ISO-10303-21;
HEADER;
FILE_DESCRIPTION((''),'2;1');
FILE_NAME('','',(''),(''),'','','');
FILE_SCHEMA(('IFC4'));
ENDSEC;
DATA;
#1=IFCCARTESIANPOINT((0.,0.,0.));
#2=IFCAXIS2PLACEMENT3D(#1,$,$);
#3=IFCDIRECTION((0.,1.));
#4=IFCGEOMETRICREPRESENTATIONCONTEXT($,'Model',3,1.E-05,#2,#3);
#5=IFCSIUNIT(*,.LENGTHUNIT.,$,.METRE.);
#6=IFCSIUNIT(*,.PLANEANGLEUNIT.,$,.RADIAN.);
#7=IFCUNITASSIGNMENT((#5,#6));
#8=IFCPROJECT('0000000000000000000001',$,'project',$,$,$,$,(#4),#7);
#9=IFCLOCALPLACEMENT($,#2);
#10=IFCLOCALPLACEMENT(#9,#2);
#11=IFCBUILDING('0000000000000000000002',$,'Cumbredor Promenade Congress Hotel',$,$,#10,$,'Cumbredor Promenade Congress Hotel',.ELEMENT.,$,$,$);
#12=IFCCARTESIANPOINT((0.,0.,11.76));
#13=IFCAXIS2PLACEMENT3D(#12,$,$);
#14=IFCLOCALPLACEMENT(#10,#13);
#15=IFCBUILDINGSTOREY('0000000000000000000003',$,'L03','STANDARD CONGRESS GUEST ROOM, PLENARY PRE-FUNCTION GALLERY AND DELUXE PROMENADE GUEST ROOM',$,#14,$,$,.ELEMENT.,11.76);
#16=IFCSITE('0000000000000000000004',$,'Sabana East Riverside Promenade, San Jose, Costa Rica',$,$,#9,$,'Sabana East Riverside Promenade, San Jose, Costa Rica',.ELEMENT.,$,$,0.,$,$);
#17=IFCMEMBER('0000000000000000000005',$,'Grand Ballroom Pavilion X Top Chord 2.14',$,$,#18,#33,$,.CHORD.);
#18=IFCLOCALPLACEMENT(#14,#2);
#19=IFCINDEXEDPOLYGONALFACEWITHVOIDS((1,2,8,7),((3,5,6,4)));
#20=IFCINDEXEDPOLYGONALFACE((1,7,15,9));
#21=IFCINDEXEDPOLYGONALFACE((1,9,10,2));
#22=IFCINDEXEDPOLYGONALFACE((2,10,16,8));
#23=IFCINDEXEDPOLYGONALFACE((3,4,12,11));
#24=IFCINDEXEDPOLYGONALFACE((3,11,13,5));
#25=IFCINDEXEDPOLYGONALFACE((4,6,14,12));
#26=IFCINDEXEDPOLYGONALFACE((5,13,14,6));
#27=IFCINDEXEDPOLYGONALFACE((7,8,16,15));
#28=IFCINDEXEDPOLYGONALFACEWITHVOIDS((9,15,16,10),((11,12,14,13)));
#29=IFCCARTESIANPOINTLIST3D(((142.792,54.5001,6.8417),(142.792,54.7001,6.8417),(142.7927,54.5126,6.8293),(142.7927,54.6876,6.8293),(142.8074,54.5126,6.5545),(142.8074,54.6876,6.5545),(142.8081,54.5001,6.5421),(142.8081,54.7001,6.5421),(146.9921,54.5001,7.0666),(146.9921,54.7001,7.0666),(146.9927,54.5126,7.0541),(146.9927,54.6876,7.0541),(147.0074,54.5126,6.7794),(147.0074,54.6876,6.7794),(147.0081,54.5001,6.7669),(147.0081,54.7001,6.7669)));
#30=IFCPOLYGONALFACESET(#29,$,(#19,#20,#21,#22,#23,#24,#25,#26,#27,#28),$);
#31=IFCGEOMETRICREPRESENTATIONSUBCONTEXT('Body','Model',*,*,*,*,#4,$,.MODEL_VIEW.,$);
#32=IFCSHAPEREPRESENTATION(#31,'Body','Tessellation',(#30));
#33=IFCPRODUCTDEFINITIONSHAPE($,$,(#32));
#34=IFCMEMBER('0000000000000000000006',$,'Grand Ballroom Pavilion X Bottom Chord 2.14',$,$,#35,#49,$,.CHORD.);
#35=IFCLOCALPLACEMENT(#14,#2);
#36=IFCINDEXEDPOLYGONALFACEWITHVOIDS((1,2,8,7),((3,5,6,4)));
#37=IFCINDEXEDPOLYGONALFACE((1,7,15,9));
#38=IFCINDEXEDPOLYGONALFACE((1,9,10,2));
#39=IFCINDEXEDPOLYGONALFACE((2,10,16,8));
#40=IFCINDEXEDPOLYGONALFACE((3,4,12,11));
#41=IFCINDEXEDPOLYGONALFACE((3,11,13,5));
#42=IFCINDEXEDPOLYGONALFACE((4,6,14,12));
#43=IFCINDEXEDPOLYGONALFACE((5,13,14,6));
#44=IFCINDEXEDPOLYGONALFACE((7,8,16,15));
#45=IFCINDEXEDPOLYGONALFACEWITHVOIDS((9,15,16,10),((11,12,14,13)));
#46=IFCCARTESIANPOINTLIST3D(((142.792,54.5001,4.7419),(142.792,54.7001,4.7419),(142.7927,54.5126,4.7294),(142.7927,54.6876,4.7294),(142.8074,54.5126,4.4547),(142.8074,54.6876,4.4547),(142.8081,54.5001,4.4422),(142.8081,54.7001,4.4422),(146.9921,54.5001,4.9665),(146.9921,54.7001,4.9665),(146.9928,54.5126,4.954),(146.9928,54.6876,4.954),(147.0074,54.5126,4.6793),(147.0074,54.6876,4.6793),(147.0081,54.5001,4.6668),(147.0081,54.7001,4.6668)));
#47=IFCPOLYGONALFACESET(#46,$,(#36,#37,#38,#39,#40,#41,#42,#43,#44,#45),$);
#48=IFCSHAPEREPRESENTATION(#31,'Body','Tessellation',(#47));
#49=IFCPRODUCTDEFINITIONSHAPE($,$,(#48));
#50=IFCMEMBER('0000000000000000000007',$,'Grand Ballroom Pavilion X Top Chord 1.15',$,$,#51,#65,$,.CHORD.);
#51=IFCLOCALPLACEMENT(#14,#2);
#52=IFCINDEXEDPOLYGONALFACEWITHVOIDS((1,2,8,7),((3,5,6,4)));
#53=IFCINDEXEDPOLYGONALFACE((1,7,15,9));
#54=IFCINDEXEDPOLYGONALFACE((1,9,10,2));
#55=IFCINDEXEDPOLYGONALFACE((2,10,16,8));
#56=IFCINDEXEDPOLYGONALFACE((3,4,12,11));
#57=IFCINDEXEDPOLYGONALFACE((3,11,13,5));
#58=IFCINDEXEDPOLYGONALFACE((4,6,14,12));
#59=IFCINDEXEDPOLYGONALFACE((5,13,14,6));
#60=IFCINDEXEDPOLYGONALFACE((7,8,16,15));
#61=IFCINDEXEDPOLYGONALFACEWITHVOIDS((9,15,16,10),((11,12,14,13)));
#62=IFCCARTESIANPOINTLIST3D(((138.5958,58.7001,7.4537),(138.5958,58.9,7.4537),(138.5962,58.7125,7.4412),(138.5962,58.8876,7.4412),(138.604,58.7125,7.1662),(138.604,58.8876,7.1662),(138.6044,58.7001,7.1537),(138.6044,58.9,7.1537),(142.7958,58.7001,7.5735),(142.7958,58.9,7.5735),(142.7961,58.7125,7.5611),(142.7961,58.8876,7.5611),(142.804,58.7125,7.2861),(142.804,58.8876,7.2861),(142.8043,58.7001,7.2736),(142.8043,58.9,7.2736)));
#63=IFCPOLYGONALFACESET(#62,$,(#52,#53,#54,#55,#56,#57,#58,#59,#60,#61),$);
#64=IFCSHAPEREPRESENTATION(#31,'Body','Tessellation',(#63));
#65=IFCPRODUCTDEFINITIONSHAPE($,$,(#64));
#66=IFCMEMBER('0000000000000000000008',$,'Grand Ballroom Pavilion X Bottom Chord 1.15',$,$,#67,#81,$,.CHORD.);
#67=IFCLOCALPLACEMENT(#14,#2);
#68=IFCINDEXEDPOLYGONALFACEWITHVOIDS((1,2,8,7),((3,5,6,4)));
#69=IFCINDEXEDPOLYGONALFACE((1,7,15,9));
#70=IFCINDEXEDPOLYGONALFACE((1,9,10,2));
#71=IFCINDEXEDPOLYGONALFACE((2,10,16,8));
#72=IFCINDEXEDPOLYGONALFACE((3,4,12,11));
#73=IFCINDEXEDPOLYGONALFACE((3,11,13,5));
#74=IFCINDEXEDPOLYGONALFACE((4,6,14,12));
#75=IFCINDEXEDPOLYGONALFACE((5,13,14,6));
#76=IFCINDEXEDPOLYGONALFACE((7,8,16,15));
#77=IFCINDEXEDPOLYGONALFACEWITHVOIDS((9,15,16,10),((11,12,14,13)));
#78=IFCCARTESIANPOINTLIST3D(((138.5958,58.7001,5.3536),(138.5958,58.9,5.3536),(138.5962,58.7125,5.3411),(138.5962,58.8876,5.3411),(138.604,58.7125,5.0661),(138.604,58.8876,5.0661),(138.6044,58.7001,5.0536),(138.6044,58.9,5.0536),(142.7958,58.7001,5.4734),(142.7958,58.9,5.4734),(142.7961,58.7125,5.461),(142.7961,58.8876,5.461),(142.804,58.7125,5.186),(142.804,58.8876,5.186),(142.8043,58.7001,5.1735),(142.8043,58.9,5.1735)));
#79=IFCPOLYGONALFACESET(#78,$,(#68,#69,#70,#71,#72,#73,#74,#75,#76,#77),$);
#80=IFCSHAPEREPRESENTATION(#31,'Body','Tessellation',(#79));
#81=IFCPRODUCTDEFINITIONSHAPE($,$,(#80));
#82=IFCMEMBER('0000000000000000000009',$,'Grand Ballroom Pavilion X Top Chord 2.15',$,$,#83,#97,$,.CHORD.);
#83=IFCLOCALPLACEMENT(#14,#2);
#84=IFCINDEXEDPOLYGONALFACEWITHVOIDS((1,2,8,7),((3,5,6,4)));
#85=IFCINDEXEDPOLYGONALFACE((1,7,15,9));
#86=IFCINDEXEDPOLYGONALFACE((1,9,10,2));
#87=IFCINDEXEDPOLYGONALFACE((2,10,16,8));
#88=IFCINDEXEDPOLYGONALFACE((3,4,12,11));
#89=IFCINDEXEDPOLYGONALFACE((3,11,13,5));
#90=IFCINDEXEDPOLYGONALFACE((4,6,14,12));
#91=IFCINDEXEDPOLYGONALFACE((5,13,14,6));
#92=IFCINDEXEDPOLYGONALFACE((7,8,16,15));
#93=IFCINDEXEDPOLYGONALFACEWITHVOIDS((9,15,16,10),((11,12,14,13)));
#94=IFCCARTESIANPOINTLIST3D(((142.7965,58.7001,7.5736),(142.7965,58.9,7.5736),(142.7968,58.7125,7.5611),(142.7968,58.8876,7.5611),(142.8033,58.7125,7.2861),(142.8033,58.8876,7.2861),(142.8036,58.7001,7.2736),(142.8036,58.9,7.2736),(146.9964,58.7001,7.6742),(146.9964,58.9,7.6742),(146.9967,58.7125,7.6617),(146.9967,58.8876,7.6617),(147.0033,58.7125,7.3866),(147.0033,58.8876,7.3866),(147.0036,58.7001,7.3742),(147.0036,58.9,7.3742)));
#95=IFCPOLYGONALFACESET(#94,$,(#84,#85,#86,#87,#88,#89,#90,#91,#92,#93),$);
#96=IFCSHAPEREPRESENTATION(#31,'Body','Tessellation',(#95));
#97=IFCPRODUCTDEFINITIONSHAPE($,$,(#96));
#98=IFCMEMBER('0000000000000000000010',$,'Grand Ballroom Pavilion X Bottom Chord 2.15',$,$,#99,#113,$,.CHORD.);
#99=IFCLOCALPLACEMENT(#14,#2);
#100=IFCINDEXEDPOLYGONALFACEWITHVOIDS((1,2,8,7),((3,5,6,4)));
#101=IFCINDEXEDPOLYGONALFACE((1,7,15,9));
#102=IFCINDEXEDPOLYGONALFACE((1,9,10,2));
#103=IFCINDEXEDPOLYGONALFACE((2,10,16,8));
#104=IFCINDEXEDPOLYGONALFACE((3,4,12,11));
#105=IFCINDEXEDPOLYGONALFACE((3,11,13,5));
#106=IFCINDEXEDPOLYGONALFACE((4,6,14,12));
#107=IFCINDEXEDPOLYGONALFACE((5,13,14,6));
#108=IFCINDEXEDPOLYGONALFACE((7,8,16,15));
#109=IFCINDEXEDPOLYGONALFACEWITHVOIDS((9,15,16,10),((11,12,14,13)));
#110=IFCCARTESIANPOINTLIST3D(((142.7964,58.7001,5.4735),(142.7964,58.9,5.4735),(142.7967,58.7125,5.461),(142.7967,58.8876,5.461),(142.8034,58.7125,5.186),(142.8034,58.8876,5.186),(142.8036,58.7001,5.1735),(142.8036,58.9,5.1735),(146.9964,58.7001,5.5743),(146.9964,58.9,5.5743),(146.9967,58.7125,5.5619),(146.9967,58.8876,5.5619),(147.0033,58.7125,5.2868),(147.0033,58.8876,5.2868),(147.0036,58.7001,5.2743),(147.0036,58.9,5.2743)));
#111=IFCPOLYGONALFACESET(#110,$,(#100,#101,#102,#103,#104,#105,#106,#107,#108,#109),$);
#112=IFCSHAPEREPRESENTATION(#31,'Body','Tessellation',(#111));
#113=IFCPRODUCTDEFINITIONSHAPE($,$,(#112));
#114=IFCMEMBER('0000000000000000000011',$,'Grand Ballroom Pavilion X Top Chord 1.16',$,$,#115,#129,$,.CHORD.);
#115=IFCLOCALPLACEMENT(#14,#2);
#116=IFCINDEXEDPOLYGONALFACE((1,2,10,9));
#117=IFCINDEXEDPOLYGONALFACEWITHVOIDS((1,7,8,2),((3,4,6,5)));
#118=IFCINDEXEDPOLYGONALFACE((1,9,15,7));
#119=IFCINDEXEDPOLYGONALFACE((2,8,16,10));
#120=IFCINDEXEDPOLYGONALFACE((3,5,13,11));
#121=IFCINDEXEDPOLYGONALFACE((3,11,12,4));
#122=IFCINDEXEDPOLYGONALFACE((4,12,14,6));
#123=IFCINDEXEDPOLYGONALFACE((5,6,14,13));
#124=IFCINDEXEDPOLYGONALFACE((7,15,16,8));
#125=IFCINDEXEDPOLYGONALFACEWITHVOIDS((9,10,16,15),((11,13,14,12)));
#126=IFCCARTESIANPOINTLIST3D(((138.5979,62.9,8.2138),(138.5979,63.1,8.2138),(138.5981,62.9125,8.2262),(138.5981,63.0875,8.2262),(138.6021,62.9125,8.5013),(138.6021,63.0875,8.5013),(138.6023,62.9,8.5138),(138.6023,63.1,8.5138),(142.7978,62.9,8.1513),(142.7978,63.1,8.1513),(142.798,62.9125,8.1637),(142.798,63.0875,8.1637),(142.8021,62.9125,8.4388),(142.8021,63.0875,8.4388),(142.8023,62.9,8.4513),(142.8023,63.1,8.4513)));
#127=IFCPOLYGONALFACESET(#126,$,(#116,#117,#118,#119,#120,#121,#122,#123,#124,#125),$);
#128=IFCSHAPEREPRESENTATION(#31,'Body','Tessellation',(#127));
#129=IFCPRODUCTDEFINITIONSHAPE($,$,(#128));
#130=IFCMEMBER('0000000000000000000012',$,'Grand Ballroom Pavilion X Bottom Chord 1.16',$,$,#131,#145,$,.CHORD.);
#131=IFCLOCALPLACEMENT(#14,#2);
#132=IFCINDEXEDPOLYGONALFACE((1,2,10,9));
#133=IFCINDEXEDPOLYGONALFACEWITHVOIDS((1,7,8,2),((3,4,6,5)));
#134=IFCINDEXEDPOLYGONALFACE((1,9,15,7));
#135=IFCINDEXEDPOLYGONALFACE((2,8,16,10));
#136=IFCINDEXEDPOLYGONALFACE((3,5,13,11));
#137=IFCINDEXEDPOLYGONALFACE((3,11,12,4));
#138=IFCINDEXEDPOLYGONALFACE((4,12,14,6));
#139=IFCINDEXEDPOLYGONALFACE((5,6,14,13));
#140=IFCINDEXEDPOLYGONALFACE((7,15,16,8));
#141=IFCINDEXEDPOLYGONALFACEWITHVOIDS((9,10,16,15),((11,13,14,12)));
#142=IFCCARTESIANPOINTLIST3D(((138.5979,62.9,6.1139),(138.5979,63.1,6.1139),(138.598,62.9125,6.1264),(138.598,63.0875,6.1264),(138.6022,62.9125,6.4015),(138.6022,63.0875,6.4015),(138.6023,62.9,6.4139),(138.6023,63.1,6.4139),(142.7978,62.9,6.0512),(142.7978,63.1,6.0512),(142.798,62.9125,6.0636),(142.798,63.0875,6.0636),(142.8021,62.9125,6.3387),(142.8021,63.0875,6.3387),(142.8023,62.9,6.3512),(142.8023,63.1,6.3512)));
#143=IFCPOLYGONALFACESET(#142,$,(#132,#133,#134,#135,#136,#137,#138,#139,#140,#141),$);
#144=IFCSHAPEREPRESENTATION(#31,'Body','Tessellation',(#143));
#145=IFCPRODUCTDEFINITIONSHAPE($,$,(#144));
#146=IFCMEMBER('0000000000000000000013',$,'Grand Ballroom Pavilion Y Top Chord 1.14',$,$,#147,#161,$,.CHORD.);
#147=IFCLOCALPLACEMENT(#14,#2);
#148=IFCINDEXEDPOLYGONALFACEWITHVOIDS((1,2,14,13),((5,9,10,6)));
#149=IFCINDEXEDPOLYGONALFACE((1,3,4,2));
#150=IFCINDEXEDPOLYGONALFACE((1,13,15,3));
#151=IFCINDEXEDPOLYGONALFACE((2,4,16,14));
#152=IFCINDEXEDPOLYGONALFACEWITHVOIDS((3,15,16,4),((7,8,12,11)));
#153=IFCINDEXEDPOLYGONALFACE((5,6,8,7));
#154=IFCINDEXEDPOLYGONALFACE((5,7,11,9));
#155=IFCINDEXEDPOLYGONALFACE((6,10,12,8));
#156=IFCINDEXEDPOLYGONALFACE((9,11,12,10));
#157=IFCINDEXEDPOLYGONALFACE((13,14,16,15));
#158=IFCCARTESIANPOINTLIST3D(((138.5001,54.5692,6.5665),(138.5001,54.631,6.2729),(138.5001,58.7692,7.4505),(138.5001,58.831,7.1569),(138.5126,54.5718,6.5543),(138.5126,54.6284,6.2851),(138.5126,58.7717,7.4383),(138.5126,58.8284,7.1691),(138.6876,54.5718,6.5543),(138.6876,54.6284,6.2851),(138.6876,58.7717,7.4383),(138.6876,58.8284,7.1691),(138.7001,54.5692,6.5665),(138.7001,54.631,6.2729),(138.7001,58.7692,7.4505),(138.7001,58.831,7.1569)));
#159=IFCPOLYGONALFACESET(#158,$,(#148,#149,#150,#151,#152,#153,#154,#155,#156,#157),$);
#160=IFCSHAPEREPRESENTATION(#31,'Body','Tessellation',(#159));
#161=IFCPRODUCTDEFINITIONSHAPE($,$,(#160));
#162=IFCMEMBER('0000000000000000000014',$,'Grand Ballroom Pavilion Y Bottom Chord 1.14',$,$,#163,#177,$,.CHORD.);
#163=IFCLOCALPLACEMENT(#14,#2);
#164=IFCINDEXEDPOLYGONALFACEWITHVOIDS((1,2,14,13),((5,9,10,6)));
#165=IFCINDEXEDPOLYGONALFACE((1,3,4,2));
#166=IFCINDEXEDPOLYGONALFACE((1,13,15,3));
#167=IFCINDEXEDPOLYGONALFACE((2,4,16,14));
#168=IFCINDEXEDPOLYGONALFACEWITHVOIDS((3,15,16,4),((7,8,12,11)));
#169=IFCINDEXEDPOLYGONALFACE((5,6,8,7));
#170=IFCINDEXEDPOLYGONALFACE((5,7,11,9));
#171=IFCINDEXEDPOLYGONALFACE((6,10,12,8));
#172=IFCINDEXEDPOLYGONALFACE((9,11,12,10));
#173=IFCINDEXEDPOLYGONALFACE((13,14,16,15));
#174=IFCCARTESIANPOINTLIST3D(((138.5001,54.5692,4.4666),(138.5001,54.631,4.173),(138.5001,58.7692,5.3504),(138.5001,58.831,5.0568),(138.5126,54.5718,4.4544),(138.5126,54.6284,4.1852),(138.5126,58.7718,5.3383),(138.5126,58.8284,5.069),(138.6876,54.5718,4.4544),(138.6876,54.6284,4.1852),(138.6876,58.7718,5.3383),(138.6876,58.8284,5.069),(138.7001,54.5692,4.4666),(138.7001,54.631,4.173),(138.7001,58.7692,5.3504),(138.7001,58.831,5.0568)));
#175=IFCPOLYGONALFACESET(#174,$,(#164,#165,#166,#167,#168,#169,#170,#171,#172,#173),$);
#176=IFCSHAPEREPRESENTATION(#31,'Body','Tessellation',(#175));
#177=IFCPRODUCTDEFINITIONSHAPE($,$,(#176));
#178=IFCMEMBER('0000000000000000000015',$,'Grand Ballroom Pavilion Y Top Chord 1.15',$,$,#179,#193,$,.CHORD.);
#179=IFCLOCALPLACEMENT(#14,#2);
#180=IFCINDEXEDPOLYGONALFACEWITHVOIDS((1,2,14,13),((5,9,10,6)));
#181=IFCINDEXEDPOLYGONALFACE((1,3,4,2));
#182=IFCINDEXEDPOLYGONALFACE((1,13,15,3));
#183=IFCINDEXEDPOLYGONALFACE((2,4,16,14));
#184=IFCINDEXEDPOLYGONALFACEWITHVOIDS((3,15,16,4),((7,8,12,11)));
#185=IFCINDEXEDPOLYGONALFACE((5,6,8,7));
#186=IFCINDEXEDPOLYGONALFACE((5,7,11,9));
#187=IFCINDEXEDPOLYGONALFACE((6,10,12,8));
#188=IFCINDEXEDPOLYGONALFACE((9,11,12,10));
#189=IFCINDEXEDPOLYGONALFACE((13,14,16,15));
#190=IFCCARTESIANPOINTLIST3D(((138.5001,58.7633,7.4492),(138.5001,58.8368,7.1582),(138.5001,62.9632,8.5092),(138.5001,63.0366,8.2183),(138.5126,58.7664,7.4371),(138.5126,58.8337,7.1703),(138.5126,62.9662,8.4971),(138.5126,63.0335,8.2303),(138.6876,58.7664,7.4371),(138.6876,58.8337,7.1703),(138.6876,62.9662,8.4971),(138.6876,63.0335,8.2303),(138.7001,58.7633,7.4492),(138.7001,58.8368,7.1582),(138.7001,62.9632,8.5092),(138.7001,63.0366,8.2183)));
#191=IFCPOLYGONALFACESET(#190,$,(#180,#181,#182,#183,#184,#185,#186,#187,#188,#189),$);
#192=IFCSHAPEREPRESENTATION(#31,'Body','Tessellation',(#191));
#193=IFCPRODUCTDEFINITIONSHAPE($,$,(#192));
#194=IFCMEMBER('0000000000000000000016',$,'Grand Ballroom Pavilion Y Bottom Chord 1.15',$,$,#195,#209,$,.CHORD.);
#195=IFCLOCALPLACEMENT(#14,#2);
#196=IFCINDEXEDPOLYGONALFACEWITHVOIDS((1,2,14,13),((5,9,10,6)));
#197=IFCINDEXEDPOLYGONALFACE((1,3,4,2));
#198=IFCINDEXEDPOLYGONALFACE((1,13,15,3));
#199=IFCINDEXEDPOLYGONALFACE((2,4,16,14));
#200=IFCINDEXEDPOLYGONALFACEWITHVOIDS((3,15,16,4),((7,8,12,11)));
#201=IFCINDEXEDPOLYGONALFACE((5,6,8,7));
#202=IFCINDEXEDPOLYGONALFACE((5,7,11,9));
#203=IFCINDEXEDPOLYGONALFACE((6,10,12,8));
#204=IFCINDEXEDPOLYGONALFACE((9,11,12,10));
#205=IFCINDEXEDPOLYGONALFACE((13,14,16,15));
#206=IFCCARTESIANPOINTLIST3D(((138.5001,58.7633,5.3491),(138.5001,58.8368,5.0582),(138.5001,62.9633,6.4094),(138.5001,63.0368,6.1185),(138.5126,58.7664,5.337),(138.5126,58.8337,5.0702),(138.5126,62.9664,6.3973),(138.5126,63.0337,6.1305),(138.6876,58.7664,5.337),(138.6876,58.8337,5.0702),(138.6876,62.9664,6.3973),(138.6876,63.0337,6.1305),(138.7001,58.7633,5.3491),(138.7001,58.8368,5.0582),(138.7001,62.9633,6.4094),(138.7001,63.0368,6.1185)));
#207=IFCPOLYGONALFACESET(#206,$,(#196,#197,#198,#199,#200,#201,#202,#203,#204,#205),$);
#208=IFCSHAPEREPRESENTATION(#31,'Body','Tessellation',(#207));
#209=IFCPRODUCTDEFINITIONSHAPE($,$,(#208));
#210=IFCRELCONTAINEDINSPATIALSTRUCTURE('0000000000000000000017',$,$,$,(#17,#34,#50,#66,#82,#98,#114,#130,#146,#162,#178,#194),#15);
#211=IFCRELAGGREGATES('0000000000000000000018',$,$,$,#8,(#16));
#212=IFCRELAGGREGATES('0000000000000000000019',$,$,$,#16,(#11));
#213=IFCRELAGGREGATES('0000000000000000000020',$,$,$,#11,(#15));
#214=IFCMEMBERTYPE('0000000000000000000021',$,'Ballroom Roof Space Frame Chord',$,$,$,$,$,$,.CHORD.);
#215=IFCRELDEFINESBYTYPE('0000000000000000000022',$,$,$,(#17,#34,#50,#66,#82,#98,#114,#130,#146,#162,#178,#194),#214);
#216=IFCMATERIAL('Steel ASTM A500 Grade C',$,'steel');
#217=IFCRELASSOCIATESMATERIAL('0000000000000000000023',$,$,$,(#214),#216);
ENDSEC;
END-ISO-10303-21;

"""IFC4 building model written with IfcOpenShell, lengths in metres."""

from ifc_helpers import new_model, si_unit, direction, frame, origin, origin_2d, place, context, subcontext, project, spatial, hollow_rectangle, extrude, material, material_profile, profile_set, type_object, element, save


model = new_model("IFC4")

# Units and contexts
model_context = context("Model", 3, precision=1e-05, world=origin(), true_north=direction((0.0, 1.0)))
body_context = subcontext(model_context, "Body", "Model", "MODEL_VIEW")
ifc_project = project(units=[si_unit("LENGTHUNIT", "METRE"), si_unit("PLANEANGLEUNIT", "RADIAN")], contexts=[model_context])

# Site, building, storey
site_placement = place(None, origin())
site = spatial("IfcSite", under=ifc_project, at=site_placement, Name="Sabana East Riverside Promenade, San Jose, Costa Rica", LongName="Sabana East Riverside Promenade, San Jose, Costa Rica", CompositionType="ELEMENT", RefElevation=0.0)
building_placement = place(site_placement, origin())
building = spatial("IfcBuilding", under=site, at=building_placement, Name="Cumbredor Promenade Congress Hotel", LongName="Cumbredor Promenade Congress Hotel", CompositionType="ELEMENT")
storey_placement = place(building_placement, frame((0.0, 0.0, 11.76)))
storey = spatial("IfcBuildingStorey", under=building, at=storey_placement, Name="L03", Description="STANDARD CONGRESS GUEST ROOM, PLENARY PRE-FUNCTION GALLERY AND DELUXE PROMENADE GUEST ROOM", CompositionType="ELEMENT", Elevation=11.76)

# Members
ifc_material_1 = material(Name="Steel ASTM A500 Grade C", Category="steel")
ifc_material_profile_1 = material_profile(ifc_material_1, hollow_rectangle(XDim=0.2, YDim=0.3, WallThickness=0.0125, at=origin_2d()), Name="HSS 300x200x12.5")
ifc_profile_set_1 = profile_set([ifc_material_profile_1], Name="Steel ASTM A500 Grade C")
member_type_1 = type_object("IfcMemberType", Name="Ballroom Roof Space Frame Chord", PredefinedType="CHORD", material=ifc_profile_set_1)
for number, where, z_axis, x_axis, name in (
    (1, (142.8, 54.6001, 6.6919), (0.99857, 0.0, 0.053461), (0.0, 1.0, 0.0), "Grand Ballroom Pavilion X Top Chord 2.14"),
    (2, (142.8, 54.6001, 4.592), (0.998573, 0.0, 0.053403), (0.0, 1.0, 0.0), "Grand Ballroom Pavilion X Bottom Chord 2.14"),
):
    element("IfcMember", number, at=place(storey_placement, frame(where, z_axis=z_axis, x_axis=x_axis)), inside=storey, type_object=member_type_1, Name=name, PredefinedType="CHORD", context=body_context, shape_type="SweptSolid", body=[
        extrude(hollow_rectangle(XDim=0.2, YDim=0.3, WallThickness=0.0125, at=origin_2d()), origin(), (0.0, 0.0, 1.0), 4.2061),
    ])
for number, where, z_axis, x_axis, name in (
    (3, (138.6001, 58.8, 7.3037), (0.999593, 0.0, 0.02853), (0.0, 1.0, 0.0), "Grand Ballroom Pavilion X Top Chord 1.15"),
    (4, (138.6001, 58.8, 5.2036), (0.999593, 0.0, 0.02853), (0.0, 1.0, 0.0), "Grand Ballroom Pavilion X Bottom Chord 1.15"),
):
    element("IfcMember", number, at=place(storey_placement, frame(where, z_axis=z_axis, x_axis=x_axis)), inside=storey, type_object=member_type_1, Name=name, PredefinedType="CHORD", context=body_context, shape_type="SweptSolid", body=[
        extrude(hollow_rectangle(XDim=0.2, YDim=0.3, WallThickness=0.0125, at=origin_2d()), origin(), (0.0, 0.0, 1.0), 4.2017),
    ])
for number, where, z_axis, x_axis, name in (
    (5, (142.8, 58.8, 7.4236), (0.999713, 0.0, 0.023942), (0.0, 1.0, 0.0), "Grand Ballroom Pavilion X Top Chord 2.15"),
    (6, (142.8, 58.8, 5.3235), (0.999712, 0.0, 0.024001), (0.0, 1.0, 0.0), "Grand Ballroom Pavilion X Bottom Chord 2.15"),
):
    element("IfcMember", number, at=place(storey_placement, frame(where, z_axis=z_axis, x_axis=x_axis)), inside=storey, type_object=member_type_1, Name=name, PredefinedType="CHORD", context=body_context, shape_type="SweptSolid", body=[
        extrude(hollow_rectangle(XDim=0.2, YDim=0.3, WallThickness=0.0125, at=origin_2d()), origin(), (0.0, 0.0, 1.0), 4.2012),
    ])
for number, where, z_axis, x_axis, name in (
    (7, (138.6001, 63.0, 8.3638), (0.999889, 0.0, -0.014879), (0.0, 1.0, 0.0), "Grand Ballroom Pavilion X Top Chord 1.16"),
    (8, (138.6001, 63.0, 6.2639), (0.999888, 0.0, -0.014938), (0.0, 1.0, 0.0), "Grand Ballroom Pavilion X Bottom Chord 1.16"),
):
    element("IfcMember", number, at=place(storey_placement, frame(where, z_axis=z_axis, x_axis=x_axis)), inside=storey, type_object=member_type_1, Name=name, PredefinedType="CHORD", context=body_context, shape_type="SweptSolid", body=[
        extrude(hollow_rectangle(XDim=0.2, YDim=0.3, WallThickness=0.0125, at=origin_2d()), origin(), (0.0, 0.0, 1.0), 4.2004),
    ])
for number, where, z_axis, x_axis, name in (
    (9, (138.6001, 54.6001, 6.4197), (0.0, 0.978558, 0.205973), (-1.0, 0.0, 0.0), "Grand Ballroom Pavilion Y Top Chord 1.14"),
    (10, (138.6001, 54.6001, 4.3198), (0.0, 0.978569, 0.205919), (-1.0, 0.0, 0.0), "Grand Ballroom Pavilion Y Bottom Chord 1.14"),
):
    element("IfcMember", number, at=place(storey_placement, frame(where, z_axis=z_axis, x_axis=x_axis)), inside=storey, type_object=member_type_1, Name=name, PredefinedType="CHORD", context=body_context, shape_type="SweptSolid", body=[
        extrude(hollow_rectangle(XDim=0.2, YDim=0.3, WallThickness=0.0125, at=origin_2d()), origin(), (0.0, 0.0, 1.0), 4.292),
    ])
member_1_placement = place(storey_placement, frame((138.6001, 58.8, 7.3037), z_axis=(0.0, 0.969593, 0.244723), x_axis=(-1.0, 0.0, 0.0)))
element("IfcMember", 11, at=member_1_placement, inside=storey, type_object=member_type_1, Name="Grand Ballroom Pavilion Y Top Chord 1.15", PredefinedType="CHORD", context=body_context, shape_type="SweptSolid", body=[
    extrude(hollow_rectangle(XDim=0.2, YDim=0.3, WallThickness=0.0125, at=origin_2d()), origin(), (0.0, 0.0, 1.0), 4.3315),
])
member_2_placement = place(storey_placement, frame((138.6001, 58.8, 5.2036), z_axis=(0.0, 0.96958, 0.244776), x_axis=(-1.0, 0.0, 0.0)))
element("IfcMember", 12, at=member_2_placement, inside=storey, type_object=member_type_1, Name="Grand Ballroom Pavilion Y Bottom Chord 1.15", PredefinedType="CHORD", context=body_context, shape_type="SweptSolid", body=[
    extrude(hollow_rectangle(XDim=0.2, YDim=0.3, WallThickness=0.0125, at=origin_2d()), origin(), (0.0, 0.0, 1.0), 4.3318),
])

save(model, "model.ifc")
